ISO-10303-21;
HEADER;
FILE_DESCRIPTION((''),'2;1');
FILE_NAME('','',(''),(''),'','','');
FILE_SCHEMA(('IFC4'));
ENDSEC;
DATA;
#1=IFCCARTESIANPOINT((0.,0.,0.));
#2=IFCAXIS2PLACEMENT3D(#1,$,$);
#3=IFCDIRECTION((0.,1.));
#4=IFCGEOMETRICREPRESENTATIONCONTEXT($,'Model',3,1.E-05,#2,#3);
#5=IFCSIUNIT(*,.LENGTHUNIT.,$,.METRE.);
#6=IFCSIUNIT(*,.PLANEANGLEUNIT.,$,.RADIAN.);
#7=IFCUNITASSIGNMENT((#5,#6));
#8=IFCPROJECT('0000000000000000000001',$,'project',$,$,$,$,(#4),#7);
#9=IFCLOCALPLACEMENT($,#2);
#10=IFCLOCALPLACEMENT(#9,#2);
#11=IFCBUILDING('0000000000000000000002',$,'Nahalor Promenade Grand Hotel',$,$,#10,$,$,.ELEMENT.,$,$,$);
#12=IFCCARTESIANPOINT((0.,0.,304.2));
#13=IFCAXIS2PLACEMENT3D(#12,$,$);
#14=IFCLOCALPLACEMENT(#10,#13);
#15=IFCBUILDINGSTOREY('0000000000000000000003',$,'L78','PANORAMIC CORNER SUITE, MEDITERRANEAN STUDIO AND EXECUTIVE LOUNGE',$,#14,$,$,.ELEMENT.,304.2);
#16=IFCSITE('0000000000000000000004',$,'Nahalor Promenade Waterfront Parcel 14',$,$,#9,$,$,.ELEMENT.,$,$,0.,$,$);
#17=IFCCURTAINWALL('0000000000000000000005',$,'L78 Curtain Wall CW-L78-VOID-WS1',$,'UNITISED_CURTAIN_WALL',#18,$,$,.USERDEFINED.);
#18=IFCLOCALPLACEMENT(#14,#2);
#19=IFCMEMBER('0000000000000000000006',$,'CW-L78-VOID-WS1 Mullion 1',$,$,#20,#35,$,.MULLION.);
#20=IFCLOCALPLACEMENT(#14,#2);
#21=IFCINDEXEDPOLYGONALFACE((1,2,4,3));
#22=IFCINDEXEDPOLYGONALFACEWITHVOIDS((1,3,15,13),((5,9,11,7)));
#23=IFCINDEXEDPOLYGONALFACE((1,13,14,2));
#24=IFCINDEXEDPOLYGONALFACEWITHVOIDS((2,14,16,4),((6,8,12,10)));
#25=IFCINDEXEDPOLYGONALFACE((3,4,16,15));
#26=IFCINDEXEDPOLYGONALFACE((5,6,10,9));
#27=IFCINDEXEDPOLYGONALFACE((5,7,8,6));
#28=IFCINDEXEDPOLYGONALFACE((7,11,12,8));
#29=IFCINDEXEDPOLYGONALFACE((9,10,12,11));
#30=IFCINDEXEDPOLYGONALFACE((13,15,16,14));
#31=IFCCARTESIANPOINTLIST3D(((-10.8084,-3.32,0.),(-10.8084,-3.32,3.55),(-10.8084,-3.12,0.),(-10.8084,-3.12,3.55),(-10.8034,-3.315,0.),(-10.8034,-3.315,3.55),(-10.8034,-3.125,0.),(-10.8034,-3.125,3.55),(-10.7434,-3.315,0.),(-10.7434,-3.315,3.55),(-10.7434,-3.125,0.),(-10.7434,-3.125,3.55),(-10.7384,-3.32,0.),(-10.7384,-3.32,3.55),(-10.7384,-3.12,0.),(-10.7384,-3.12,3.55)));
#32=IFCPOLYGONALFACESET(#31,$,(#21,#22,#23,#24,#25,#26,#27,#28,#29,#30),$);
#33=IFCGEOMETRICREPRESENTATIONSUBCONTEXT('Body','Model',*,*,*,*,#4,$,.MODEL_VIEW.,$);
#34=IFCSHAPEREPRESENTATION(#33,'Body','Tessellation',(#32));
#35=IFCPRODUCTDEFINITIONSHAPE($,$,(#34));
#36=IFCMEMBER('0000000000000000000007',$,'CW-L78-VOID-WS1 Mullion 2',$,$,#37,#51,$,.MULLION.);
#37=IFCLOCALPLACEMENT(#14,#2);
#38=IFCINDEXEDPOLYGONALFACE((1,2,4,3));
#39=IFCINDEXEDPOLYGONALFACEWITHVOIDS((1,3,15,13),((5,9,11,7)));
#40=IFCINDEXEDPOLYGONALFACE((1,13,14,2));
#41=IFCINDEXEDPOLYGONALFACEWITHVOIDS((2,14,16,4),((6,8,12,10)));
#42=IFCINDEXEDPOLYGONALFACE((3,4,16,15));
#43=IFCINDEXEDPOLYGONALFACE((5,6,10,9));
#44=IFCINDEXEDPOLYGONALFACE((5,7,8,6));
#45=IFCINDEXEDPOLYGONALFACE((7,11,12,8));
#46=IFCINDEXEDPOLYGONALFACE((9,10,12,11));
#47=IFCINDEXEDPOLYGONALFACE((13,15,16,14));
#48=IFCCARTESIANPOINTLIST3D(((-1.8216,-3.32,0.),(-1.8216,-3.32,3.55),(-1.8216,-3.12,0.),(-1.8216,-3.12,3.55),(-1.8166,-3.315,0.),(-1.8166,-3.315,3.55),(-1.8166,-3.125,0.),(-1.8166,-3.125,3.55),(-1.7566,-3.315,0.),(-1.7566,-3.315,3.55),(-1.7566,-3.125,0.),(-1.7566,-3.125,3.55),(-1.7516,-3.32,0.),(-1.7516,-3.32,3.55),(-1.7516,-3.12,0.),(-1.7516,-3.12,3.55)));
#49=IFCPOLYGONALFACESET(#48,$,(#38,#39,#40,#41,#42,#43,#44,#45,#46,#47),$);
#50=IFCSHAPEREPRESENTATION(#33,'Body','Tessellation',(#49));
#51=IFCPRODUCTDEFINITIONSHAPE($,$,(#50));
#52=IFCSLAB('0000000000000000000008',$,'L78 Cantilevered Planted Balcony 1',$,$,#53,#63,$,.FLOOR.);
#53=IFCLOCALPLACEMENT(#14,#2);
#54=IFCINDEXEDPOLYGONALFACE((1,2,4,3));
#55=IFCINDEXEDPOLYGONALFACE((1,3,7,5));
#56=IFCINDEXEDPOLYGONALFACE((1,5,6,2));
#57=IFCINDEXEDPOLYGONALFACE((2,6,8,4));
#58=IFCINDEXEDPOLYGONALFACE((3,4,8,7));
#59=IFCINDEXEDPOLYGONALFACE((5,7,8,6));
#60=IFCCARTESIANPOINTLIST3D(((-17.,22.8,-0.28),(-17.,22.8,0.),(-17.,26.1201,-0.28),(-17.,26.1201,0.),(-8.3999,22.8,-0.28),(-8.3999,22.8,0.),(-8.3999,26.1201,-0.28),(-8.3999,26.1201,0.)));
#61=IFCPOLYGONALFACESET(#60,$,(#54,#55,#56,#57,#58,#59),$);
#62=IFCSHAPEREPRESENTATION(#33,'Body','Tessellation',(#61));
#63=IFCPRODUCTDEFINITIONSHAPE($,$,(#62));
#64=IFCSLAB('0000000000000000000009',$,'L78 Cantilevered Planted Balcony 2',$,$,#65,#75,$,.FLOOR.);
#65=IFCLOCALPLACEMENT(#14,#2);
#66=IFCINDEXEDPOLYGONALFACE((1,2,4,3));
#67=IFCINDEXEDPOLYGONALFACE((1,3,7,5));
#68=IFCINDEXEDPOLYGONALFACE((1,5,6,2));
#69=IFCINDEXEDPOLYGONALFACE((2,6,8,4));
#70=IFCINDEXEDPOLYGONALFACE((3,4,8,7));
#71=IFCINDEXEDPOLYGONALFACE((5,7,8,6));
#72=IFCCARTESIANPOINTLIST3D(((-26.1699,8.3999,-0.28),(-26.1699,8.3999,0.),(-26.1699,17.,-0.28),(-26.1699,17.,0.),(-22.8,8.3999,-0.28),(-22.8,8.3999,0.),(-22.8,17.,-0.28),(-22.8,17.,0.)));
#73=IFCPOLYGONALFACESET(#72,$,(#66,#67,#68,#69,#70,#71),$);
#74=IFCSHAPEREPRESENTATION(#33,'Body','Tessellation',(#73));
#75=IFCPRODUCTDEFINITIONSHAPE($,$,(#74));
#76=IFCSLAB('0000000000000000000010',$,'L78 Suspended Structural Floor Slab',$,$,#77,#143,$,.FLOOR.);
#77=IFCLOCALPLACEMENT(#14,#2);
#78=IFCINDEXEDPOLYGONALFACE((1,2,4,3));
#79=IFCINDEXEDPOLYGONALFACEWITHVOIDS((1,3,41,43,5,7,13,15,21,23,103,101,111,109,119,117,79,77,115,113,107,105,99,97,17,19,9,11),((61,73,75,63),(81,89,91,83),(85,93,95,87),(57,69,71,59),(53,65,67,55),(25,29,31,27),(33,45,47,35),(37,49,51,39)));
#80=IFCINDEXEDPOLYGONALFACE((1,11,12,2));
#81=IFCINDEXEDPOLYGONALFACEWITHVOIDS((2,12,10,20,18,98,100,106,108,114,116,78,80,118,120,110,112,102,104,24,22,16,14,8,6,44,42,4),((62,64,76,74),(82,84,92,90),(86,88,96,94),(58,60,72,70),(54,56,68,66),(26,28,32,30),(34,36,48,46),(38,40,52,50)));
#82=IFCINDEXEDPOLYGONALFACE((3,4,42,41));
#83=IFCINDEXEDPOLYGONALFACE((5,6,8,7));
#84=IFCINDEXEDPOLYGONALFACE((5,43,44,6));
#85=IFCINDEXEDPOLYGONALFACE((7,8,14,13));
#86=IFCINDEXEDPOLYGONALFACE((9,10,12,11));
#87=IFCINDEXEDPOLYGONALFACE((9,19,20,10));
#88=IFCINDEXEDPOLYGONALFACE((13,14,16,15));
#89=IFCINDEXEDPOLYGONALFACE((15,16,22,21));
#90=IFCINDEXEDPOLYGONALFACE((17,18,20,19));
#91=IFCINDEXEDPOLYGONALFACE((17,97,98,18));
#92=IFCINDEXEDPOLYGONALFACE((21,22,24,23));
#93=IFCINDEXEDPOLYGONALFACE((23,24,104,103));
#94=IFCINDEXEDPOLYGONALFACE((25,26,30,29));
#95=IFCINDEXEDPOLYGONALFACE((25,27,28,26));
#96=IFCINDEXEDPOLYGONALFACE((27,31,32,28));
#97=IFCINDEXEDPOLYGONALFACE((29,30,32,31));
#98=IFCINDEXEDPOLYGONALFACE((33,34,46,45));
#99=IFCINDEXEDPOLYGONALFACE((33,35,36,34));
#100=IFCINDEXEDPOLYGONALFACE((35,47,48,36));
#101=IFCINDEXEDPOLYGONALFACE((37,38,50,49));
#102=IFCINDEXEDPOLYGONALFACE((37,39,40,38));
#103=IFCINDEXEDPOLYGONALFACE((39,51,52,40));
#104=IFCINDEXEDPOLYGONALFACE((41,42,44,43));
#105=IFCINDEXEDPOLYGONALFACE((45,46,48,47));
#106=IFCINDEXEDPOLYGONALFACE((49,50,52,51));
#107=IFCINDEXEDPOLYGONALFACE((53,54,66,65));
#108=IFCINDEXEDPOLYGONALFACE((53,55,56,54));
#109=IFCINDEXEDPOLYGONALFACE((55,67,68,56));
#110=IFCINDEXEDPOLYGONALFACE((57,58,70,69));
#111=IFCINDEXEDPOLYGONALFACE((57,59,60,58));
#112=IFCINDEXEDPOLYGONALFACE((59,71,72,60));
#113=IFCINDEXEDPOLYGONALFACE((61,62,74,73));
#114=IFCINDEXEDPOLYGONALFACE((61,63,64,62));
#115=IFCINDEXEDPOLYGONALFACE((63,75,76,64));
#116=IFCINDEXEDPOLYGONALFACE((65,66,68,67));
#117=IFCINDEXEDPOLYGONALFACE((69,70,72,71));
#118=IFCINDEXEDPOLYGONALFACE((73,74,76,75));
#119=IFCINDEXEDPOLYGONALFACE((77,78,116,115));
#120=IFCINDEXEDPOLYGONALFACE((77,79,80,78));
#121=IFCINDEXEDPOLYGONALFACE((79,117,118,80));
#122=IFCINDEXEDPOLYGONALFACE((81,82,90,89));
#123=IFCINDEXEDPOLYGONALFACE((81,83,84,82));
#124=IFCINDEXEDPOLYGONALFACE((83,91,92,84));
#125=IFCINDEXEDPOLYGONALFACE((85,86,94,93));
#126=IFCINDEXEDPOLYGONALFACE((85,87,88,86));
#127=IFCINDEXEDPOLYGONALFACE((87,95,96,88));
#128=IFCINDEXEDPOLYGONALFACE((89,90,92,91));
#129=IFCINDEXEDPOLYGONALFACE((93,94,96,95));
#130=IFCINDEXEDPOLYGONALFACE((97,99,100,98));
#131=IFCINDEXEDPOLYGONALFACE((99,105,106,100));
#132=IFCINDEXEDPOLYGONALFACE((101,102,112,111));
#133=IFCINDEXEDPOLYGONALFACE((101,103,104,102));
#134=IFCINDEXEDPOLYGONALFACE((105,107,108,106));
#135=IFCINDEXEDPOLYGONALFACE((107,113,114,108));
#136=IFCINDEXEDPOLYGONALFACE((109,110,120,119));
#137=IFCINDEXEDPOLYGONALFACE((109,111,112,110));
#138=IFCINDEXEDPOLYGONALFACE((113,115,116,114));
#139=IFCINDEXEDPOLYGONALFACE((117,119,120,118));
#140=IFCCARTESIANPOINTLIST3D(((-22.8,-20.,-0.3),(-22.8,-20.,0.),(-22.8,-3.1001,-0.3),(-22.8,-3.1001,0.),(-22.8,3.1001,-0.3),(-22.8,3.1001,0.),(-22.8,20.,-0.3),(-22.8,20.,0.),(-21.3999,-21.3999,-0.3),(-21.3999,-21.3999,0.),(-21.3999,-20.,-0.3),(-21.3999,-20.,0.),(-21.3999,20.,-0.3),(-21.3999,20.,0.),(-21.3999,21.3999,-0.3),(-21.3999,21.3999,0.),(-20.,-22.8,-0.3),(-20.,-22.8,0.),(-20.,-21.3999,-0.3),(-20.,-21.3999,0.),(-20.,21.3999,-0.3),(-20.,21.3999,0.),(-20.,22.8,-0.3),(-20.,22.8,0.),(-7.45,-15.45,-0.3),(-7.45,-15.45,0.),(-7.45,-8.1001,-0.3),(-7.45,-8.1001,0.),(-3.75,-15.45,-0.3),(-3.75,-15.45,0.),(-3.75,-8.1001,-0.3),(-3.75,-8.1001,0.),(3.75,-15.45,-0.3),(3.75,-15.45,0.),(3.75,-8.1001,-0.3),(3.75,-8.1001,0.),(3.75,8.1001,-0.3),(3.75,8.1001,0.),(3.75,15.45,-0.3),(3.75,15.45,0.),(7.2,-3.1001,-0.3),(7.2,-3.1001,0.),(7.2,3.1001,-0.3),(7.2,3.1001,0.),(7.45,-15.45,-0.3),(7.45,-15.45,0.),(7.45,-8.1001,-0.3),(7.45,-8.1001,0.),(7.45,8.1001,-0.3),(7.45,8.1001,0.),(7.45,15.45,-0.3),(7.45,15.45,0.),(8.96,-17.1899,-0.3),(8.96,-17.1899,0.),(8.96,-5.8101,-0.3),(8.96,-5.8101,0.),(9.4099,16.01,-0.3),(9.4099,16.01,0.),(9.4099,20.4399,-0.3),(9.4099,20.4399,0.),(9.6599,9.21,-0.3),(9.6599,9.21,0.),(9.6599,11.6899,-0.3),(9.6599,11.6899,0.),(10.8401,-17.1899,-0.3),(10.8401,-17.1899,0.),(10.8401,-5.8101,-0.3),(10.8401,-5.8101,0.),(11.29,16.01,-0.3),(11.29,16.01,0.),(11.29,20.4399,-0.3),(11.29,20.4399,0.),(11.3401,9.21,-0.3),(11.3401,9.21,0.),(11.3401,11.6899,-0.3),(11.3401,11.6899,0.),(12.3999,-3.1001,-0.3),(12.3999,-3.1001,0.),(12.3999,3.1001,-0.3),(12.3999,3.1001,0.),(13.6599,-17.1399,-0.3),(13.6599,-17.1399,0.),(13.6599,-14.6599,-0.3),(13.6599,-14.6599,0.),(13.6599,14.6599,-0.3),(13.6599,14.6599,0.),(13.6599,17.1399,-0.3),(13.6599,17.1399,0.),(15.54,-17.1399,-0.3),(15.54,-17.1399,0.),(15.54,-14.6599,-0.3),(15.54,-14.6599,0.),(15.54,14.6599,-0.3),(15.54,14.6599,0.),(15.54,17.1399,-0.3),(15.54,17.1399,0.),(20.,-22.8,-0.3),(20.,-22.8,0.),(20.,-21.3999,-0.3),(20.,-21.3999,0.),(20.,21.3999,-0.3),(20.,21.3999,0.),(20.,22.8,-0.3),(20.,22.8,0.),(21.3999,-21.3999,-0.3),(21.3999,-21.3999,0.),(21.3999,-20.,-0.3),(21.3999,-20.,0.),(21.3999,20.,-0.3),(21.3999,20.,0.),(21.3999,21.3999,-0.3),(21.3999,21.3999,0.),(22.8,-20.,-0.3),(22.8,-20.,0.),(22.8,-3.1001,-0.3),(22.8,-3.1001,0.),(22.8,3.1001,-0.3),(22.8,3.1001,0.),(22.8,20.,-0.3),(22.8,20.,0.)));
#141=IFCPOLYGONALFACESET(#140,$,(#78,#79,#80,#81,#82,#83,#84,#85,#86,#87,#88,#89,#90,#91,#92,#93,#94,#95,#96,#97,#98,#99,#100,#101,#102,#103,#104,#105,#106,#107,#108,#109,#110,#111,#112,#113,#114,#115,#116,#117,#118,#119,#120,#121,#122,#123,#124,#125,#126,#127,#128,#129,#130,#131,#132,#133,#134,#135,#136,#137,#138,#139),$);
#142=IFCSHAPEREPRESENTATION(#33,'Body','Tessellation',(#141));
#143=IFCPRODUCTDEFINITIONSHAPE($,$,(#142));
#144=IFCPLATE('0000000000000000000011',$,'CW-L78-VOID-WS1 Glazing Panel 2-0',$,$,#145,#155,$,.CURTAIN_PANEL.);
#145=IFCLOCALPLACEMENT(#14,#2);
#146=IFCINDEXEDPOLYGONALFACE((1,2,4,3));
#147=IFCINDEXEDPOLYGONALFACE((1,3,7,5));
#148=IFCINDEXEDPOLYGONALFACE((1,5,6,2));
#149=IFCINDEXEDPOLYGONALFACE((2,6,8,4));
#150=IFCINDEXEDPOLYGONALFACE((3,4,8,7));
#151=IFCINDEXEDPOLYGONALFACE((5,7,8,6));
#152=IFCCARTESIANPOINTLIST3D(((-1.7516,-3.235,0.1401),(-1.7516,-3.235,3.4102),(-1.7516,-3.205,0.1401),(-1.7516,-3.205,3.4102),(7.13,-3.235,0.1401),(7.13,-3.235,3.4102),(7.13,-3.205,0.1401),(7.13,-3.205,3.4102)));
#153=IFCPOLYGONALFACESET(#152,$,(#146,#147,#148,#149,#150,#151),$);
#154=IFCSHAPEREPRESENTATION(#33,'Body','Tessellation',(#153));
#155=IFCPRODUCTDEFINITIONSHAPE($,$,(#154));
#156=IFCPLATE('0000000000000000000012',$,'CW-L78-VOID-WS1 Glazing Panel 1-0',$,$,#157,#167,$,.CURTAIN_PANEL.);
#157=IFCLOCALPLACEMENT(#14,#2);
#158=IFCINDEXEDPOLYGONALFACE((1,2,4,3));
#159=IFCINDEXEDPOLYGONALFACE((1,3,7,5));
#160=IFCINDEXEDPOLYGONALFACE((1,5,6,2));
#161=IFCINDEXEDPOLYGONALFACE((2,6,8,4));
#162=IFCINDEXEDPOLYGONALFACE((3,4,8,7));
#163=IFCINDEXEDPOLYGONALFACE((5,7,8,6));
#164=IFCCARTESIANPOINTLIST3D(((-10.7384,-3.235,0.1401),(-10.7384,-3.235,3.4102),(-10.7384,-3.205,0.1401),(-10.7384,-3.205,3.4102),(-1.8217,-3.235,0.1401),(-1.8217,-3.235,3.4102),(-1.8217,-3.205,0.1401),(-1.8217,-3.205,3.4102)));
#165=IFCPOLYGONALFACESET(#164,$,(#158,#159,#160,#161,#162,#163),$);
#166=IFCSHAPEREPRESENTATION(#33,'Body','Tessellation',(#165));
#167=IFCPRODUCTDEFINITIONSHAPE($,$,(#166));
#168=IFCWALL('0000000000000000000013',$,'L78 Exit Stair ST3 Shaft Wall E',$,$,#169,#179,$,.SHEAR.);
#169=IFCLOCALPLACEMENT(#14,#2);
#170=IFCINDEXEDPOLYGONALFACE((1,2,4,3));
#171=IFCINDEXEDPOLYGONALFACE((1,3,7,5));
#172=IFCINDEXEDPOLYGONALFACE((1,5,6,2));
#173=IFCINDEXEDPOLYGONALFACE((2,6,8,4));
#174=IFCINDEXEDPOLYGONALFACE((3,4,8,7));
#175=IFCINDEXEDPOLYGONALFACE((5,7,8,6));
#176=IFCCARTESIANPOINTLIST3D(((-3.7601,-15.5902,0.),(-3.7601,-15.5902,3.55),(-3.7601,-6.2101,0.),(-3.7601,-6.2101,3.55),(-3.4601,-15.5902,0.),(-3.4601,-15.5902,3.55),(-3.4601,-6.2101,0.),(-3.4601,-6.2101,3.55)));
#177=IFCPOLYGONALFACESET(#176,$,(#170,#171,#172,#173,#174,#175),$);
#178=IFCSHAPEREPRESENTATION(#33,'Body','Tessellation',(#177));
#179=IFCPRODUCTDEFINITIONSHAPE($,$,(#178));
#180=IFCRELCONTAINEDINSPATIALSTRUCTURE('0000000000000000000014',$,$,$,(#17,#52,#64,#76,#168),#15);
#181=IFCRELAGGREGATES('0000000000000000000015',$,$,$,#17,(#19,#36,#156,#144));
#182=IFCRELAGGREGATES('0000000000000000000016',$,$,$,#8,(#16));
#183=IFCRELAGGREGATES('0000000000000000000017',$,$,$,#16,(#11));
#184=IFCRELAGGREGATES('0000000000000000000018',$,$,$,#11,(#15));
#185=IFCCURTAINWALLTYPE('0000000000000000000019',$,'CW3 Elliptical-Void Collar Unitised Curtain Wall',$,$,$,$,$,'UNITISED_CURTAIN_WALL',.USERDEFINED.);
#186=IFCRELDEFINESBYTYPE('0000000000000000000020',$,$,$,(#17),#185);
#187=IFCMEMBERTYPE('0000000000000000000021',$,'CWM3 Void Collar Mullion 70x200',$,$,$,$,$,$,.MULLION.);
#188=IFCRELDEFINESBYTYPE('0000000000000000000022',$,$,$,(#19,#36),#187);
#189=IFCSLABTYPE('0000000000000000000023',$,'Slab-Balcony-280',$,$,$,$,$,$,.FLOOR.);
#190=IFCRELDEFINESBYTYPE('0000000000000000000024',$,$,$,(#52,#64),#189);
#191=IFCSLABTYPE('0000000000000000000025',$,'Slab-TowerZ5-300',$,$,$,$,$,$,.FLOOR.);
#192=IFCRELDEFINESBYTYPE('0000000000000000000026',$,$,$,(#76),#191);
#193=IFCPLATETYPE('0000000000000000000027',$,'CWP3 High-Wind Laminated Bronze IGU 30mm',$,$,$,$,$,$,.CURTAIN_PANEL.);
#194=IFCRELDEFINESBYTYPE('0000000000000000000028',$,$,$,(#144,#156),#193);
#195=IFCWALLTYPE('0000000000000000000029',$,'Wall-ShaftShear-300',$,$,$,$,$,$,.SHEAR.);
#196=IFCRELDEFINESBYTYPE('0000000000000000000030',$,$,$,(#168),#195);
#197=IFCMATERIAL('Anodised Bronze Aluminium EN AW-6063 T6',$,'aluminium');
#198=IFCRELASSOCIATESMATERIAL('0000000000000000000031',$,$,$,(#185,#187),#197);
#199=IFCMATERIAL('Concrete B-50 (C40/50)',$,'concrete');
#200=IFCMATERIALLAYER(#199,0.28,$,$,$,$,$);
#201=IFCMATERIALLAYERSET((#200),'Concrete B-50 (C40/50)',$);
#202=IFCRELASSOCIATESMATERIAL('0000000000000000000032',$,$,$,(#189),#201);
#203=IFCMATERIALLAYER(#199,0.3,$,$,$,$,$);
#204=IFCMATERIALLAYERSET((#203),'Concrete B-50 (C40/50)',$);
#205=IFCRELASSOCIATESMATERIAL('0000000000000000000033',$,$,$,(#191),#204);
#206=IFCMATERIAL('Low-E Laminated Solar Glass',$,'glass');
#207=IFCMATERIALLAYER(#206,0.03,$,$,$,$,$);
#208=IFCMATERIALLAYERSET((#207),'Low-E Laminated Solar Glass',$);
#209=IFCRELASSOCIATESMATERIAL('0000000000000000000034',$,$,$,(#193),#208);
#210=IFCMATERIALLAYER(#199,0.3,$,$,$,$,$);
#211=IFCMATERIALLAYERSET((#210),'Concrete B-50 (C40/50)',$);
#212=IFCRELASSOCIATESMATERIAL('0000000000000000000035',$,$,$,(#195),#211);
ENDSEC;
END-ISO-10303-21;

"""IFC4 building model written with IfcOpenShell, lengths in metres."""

from ifc_helpers import new_model, si_unit, direction, frame, frame_2d, origin, origin_2d, place, context, subcontext, project, spatial, polyline, rectangle, hollow_rectangle, outline, extrude, source, transform, mapped, material, layer, layer_set, material_profile, profile_set, type_object, element, aggregate, save


model = new_model("IFC4")

# Units and contexts
model_context = context("Model", 3, precision=1e-05, world=origin(), true_north=direction((0.0, 1.0)))
body_context = subcontext(model_context, "Body", "Model", "MODEL_VIEW")
ifc_project = project(units=[si_unit("LENGTHUNIT", "METRE"), si_unit("PLANEANGLEUNIT", "RADIAN")], contexts=[model_context])

# Site, building, storey
site_placement = place(None, origin())
site = spatial("IfcSite", under=ifc_project, at=site_placement, Name="Nahalor Promenade Waterfront Parcel 14", CompositionType="ELEMENT", RefElevation=0.0)
building_placement = place(site_placement, origin())
building = spatial("IfcBuilding", under=site, at=building_placement, Name="Nahalor Promenade Grand Hotel", CompositionType="ELEMENT")
storey_placement = place(building_placement, frame((0.0, 0.0, 304.2)))
storey = spatial("IfcBuildingStorey", under=building, at=storey_placement, Name="L78", Description="PANORAMIC CORNER SUITE, MEDITERRANEAN STUDIO AND EXECUTIVE LOUNGE", CompositionType="ELEMENT", Elevation=304.2)

# Shared definitions
ifc_material_1 = material(Name="Concrete B-50 (C40/50)", Category="concrete")

# Curtain wall, members
ifc_material_2 = material(Name="Anodised Bronze Aluminium EN AW-6063 T6", Category="aluminium")
curtain_wall_type = type_object("IfcCurtainWallType", Name="CW3 Elliptical-Void Collar Unitised Curtain Wall", ElementType="UNITISED_CURTAIN_WALL", PredefinedType="USERDEFINED", material=ifc_material_2)
curtain_wall_placement = place(storey_placement, origin())
curtain_wall = element("IfcCurtainWall", 1, at=curtain_wall_placement, inside=storey, type_object=curtain_wall_type, Name="L78 Curtain Wall CW-L78-VOID-WS1", ObjectType="UNITISED_CURTAIN_WALL", PredefinedType="USERDEFINED")
ifc_material_profile_1 = material_profile(ifc_material_2, hollow_rectangle(XDim=0.07, YDim=0.2, WallThickness=0.005, at=origin_2d()), Name="CWM 70x200x5")
ifc_profile_set_1 = profile_set([ifc_material_profile_1], Name="Anodised Bronze Aluminium EN AW-6063 T6")
member_type_1 = type_object("IfcMemberType", Name="CWM3 Void Collar Mullion 70x200", PredefinedType="MULLION", material=ifc_profile_set_1)
shared_shape_1 = source(origin(), body_context, "Body", "SweptSolid", [
    extrude(hollow_rectangle(XDim=0.07, YDim=0.2, WallThickness=0.005, at=origin_2d()), origin(), (0.0, 0.0, 1.0), 3.55),
])
member_1_placement = place(storey_placement, frame((-10.7734, -3.22, 0.0), z_axis=(0.0, 0.0, 1.0), x_axis=(1.0, 0.0, 0.0)))
member_1 = element("IfcMember", 2, at=member_1_placement, type_object=member_type_1, Name="CW-L78-VOID-WS1 Mullion 1", PredefinedType="MULLION", context=body_context, shape_type="MappedRepresentation", body=[
    mapped(shared_shape_1, transform((0.0, 0.0, 0.0), scale=1.0)),
])
member_2_placement = place(storey_placement, frame((-1.7866, -3.22, 0.0), z_axis=(0.0, 0.0, 1.0), x_axis=(1.0, 0.0, 0.0)))
member_2 = element("IfcMember", 3, at=member_2_placement, type_object=member_type_1, Name="CW-L78-VOID-WS1 Mullion 2", PredefinedType="MULLION", context=body_context, shape_type="MappedRepresentation", body=[
    mapped(shared_shape_1, transform((0.0, 0.0, 0.0), scale=1.0)),
])

# Slabs
ifc_layer_1 = layer(ifc_material_1, 0.28)
ifc_layer_set_1 = layer_set([ifc_layer_1], Name="Concrete B-50 (C40/50)")
slab_type_1 = type_object("IfcSlabType", Name="Slab-Balcony-280", PredefinedType="FLOOR", material=ifc_layer_set_1)
slab_1_placement = place(storey_placement, frame((0.0, 0.0, -0.28)))
element("IfcSlab", 4, at=slab_1_placement, inside=storey, type_object=slab_type_1, Name="L78 Cantilevered Planted Balcony 1", PredefinedType="FLOOR", context=body_context, shape_type="SweptSolid", body=[
    extrude(outline(polyline([(-17.0, 22.8), (-8.3999, 22.8), (-8.3999, 26.1201), (-17.0, 26.1201), (-17.0, 22.8)])), origin(), (0.0, 0.0, 1.0), 0.28),
])
slab_2_placement = place(storey_placement, frame((0.0, 0.0, -0.28)))
element("IfcSlab", 5, at=slab_2_placement, inside=storey, type_object=slab_type_1, Name="L78 Cantilevered Planted Balcony 2", PredefinedType="FLOOR", context=body_context, shape_type="SweptSolid", body=[
    extrude(outline(polyline([(-26.1699, 8.3999), (-22.8, 8.3999), (-22.8, 17.0), (-26.1699, 17.0), (-26.1699, 8.3999)])), origin(), (0.0, 0.0, 1.0), 0.28),
])
ifc_layer_2 = layer(ifc_material_1, 0.3)
ifc_layer_set_2 = layer_set([ifc_layer_2], Name="Concrete B-50 (C40/50)")
slab_type_2 = type_object("IfcSlabType", Name="Slab-TowerZ5-300", PredefinedType="FLOOR", material=ifc_layer_set_2)
slab_3_placement = place(storey_placement, frame((0.0, 0.0, -0.3)))
element("IfcSlab", 6, at=slab_3_placement, inside=storey, type_object=slab_type_2, Name="L78 Suspended Structural Floor Slab", PredefinedType="FLOOR", context=body_context, shape_type="SweptSolid", body=[
    extrude(outline(polyline([(-20.0, -22.8), (20.0, -22.8), (20.0, -21.3999), (21.3999, -21.3999), (21.3999, -20.0), (22.8, -20.0), (22.8, -3.1001), (12.3999, -3.1001), (12.3999, 3.1001), (22.8, 3.1001), (22.8, 20.0), (21.3999, 20.0), (21.3999, 21.3999), (20.0, 21.3999), (20.0, 22.8), (-20.0, 22.8), (-20.0, 21.3999), (-21.3999, 21.3999), (-21.3999, 20.0), (-22.8, 20.0), (-22.8, 3.1001), (7.2, 3.1001), (7.2, -3.1001), (-22.8, -3.1001), (-22.8, -20.0), (-21.3999, -20.0), (-21.3999, -21.3999), (-20.0, -21.3999), (-20.0, -22.8)]), holes=[polyline([(3.75, 8.1001), (7.45, 8.1001), (7.45, 15.45), (3.75, 15.45), (3.75, 8.1001)]), polyline([(3.75, -15.45), (7.45, -15.45), (7.45, -8.1001), (3.75, -8.1001), (3.75, -15.45)]), polyline([(-7.45, -15.45), (-3.75, -15.45), (-3.75, -8.1001), (-7.45, -8.1001), (-7.45, -15.45)]), polyline([(8.96, -17.1899), (10.8401, -17.1899), (10.8401, -5.8101), (8.96, -5.8101), (8.96, -17.1899)]), polyline([(9.4099, 16.01), (11.29, 16.01), (11.29, 20.4399), (9.4099, 20.4399), (9.4099, 16.01)]), polyline([(9.6599, 9.21), (11.3401, 9.21), (11.3401, 11.6899), (9.6599, 11.6899), (9.6599, 9.21)]), polyline([(13.6599, 14.6599), (15.54, 14.6599), (15.54, 17.1399), (13.6599, 17.1399), (13.6599, 14.6599)]), polyline([(13.6599, -17.1399), (15.54, -17.1399), (15.54, -14.6599), (13.6599, -14.6599), (13.6599, -17.1399)])]), origin(), (0.0, 0.0, 1.0), 0.3),
])

# Plates
ifc_material_3 = material(Name="Low-E Laminated Solar Glass", Category="glass")
ifc_layer_3 = layer(ifc_material_3, 0.03)
ifc_layer_set_3 = layer_set([ifc_layer_3], Name="Low-E Laminated Solar Glass")
plate_type = type_object("IfcPlateType", Name="CWP3 High-Wind Laminated Bronze IGU 30mm", PredefinedType="CURTAIN_PANEL", material=ifc_layer_set_3)
shared_shape_2 = source(origin(), body_context, "Body", "SweptSolid", [
    extrude(rectangle(XDim=8.8816, YDim=0.03, at=origin_2d()), origin(), (0.0, 0.0, 1.0), 3.27),
])
plate_1_placement = place(storey_placement, frame((2.6892, -3.22, 0.1401), z_axis=(0.0, 0.0, 1.0), x_axis=(1.0, 0.0, 0.0)))
plate_1 = element("IfcPlate", 7, at=plate_1_placement, type_object=plate_type, Name="CW-L78-VOID-WS1 Glazing Panel 2-0", PredefinedType="CURTAIN_PANEL", context=body_context, shape_type="MappedRepresentation", body=[
    mapped(shared_shape_2, transform((0.0, 0.0, 0.0), scale=1.0)),
])
shared_shape_3 = source(origin(), body_context, "Body", "SweptSolid", [
    extrude(rectangle(XDim=8.9167, YDim=0.03, at=origin_2d()), origin(), (0.0, 0.0, 1.0), 3.27),
])
plate_2_placement = place(storey_placement, frame((-6.28, -3.22, 0.1401), z_axis=(0.0, 0.0, 1.0), x_axis=(1.0, 0.0, 0.0)))
plate_2 = element("IfcPlate", 8, at=plate_2_placement, type_object=plate_type, Name="CW-L78-VOID-WS1 Glazing Panel 1-0", PredefinedType="CURTAIN_PANEL", context=body_context, shape_type="MappedRepresentation", body=[
    mapped(shared_shape_3, transform((0.0, 0.0, 0.0), scale=1.0)),
])
aggregate(curtain_wall, [member_1, member_2, plate_2, plate_1])

# Shared definitions
ifc_layer_4 = layer(ifc_material_1, 0.3)
ifc_layer_set_4 = layer_set([ifc_layer_4], Name="Concrete B-50 (C40/50)")
wall_type_1 = type_object("IfcWallType", Name="Wall-ShaftShear-300", PredefinedType="SHEAR", material=ifc_layer_set_4)

# Wall
shared_shape_4 = source(origin(), body_context, "Body", "SweptSolid", [
    extrude(rectangle(XDim=9.3801, YDim=0.3, at=frame_2d((4.6899, 0.0))), origin(), (0.0, 0.0, 1.0), 3.55),
])
wall_1_placement = place(storey_placement, frame((-3.6101, -15.5901, 0.0), z_axis=(0.0, 0.0, 1.0), x_axis=(0.0, 1.0, 0.0)))
element("IfcWall", 9, at=wall_1_placement, inside=storey, type_object=wall_type_1, Name="L78 Exit Stair ST3 Shaft Wall E", PredefinedType="SHEAR", context=body_context, shape_type="MappedRepresentation", body=[
    mapped(shared_shape_4, transform((0.0, 0.0, 0.0), scale=1.0)),
])

save(model, "model.ifc")
